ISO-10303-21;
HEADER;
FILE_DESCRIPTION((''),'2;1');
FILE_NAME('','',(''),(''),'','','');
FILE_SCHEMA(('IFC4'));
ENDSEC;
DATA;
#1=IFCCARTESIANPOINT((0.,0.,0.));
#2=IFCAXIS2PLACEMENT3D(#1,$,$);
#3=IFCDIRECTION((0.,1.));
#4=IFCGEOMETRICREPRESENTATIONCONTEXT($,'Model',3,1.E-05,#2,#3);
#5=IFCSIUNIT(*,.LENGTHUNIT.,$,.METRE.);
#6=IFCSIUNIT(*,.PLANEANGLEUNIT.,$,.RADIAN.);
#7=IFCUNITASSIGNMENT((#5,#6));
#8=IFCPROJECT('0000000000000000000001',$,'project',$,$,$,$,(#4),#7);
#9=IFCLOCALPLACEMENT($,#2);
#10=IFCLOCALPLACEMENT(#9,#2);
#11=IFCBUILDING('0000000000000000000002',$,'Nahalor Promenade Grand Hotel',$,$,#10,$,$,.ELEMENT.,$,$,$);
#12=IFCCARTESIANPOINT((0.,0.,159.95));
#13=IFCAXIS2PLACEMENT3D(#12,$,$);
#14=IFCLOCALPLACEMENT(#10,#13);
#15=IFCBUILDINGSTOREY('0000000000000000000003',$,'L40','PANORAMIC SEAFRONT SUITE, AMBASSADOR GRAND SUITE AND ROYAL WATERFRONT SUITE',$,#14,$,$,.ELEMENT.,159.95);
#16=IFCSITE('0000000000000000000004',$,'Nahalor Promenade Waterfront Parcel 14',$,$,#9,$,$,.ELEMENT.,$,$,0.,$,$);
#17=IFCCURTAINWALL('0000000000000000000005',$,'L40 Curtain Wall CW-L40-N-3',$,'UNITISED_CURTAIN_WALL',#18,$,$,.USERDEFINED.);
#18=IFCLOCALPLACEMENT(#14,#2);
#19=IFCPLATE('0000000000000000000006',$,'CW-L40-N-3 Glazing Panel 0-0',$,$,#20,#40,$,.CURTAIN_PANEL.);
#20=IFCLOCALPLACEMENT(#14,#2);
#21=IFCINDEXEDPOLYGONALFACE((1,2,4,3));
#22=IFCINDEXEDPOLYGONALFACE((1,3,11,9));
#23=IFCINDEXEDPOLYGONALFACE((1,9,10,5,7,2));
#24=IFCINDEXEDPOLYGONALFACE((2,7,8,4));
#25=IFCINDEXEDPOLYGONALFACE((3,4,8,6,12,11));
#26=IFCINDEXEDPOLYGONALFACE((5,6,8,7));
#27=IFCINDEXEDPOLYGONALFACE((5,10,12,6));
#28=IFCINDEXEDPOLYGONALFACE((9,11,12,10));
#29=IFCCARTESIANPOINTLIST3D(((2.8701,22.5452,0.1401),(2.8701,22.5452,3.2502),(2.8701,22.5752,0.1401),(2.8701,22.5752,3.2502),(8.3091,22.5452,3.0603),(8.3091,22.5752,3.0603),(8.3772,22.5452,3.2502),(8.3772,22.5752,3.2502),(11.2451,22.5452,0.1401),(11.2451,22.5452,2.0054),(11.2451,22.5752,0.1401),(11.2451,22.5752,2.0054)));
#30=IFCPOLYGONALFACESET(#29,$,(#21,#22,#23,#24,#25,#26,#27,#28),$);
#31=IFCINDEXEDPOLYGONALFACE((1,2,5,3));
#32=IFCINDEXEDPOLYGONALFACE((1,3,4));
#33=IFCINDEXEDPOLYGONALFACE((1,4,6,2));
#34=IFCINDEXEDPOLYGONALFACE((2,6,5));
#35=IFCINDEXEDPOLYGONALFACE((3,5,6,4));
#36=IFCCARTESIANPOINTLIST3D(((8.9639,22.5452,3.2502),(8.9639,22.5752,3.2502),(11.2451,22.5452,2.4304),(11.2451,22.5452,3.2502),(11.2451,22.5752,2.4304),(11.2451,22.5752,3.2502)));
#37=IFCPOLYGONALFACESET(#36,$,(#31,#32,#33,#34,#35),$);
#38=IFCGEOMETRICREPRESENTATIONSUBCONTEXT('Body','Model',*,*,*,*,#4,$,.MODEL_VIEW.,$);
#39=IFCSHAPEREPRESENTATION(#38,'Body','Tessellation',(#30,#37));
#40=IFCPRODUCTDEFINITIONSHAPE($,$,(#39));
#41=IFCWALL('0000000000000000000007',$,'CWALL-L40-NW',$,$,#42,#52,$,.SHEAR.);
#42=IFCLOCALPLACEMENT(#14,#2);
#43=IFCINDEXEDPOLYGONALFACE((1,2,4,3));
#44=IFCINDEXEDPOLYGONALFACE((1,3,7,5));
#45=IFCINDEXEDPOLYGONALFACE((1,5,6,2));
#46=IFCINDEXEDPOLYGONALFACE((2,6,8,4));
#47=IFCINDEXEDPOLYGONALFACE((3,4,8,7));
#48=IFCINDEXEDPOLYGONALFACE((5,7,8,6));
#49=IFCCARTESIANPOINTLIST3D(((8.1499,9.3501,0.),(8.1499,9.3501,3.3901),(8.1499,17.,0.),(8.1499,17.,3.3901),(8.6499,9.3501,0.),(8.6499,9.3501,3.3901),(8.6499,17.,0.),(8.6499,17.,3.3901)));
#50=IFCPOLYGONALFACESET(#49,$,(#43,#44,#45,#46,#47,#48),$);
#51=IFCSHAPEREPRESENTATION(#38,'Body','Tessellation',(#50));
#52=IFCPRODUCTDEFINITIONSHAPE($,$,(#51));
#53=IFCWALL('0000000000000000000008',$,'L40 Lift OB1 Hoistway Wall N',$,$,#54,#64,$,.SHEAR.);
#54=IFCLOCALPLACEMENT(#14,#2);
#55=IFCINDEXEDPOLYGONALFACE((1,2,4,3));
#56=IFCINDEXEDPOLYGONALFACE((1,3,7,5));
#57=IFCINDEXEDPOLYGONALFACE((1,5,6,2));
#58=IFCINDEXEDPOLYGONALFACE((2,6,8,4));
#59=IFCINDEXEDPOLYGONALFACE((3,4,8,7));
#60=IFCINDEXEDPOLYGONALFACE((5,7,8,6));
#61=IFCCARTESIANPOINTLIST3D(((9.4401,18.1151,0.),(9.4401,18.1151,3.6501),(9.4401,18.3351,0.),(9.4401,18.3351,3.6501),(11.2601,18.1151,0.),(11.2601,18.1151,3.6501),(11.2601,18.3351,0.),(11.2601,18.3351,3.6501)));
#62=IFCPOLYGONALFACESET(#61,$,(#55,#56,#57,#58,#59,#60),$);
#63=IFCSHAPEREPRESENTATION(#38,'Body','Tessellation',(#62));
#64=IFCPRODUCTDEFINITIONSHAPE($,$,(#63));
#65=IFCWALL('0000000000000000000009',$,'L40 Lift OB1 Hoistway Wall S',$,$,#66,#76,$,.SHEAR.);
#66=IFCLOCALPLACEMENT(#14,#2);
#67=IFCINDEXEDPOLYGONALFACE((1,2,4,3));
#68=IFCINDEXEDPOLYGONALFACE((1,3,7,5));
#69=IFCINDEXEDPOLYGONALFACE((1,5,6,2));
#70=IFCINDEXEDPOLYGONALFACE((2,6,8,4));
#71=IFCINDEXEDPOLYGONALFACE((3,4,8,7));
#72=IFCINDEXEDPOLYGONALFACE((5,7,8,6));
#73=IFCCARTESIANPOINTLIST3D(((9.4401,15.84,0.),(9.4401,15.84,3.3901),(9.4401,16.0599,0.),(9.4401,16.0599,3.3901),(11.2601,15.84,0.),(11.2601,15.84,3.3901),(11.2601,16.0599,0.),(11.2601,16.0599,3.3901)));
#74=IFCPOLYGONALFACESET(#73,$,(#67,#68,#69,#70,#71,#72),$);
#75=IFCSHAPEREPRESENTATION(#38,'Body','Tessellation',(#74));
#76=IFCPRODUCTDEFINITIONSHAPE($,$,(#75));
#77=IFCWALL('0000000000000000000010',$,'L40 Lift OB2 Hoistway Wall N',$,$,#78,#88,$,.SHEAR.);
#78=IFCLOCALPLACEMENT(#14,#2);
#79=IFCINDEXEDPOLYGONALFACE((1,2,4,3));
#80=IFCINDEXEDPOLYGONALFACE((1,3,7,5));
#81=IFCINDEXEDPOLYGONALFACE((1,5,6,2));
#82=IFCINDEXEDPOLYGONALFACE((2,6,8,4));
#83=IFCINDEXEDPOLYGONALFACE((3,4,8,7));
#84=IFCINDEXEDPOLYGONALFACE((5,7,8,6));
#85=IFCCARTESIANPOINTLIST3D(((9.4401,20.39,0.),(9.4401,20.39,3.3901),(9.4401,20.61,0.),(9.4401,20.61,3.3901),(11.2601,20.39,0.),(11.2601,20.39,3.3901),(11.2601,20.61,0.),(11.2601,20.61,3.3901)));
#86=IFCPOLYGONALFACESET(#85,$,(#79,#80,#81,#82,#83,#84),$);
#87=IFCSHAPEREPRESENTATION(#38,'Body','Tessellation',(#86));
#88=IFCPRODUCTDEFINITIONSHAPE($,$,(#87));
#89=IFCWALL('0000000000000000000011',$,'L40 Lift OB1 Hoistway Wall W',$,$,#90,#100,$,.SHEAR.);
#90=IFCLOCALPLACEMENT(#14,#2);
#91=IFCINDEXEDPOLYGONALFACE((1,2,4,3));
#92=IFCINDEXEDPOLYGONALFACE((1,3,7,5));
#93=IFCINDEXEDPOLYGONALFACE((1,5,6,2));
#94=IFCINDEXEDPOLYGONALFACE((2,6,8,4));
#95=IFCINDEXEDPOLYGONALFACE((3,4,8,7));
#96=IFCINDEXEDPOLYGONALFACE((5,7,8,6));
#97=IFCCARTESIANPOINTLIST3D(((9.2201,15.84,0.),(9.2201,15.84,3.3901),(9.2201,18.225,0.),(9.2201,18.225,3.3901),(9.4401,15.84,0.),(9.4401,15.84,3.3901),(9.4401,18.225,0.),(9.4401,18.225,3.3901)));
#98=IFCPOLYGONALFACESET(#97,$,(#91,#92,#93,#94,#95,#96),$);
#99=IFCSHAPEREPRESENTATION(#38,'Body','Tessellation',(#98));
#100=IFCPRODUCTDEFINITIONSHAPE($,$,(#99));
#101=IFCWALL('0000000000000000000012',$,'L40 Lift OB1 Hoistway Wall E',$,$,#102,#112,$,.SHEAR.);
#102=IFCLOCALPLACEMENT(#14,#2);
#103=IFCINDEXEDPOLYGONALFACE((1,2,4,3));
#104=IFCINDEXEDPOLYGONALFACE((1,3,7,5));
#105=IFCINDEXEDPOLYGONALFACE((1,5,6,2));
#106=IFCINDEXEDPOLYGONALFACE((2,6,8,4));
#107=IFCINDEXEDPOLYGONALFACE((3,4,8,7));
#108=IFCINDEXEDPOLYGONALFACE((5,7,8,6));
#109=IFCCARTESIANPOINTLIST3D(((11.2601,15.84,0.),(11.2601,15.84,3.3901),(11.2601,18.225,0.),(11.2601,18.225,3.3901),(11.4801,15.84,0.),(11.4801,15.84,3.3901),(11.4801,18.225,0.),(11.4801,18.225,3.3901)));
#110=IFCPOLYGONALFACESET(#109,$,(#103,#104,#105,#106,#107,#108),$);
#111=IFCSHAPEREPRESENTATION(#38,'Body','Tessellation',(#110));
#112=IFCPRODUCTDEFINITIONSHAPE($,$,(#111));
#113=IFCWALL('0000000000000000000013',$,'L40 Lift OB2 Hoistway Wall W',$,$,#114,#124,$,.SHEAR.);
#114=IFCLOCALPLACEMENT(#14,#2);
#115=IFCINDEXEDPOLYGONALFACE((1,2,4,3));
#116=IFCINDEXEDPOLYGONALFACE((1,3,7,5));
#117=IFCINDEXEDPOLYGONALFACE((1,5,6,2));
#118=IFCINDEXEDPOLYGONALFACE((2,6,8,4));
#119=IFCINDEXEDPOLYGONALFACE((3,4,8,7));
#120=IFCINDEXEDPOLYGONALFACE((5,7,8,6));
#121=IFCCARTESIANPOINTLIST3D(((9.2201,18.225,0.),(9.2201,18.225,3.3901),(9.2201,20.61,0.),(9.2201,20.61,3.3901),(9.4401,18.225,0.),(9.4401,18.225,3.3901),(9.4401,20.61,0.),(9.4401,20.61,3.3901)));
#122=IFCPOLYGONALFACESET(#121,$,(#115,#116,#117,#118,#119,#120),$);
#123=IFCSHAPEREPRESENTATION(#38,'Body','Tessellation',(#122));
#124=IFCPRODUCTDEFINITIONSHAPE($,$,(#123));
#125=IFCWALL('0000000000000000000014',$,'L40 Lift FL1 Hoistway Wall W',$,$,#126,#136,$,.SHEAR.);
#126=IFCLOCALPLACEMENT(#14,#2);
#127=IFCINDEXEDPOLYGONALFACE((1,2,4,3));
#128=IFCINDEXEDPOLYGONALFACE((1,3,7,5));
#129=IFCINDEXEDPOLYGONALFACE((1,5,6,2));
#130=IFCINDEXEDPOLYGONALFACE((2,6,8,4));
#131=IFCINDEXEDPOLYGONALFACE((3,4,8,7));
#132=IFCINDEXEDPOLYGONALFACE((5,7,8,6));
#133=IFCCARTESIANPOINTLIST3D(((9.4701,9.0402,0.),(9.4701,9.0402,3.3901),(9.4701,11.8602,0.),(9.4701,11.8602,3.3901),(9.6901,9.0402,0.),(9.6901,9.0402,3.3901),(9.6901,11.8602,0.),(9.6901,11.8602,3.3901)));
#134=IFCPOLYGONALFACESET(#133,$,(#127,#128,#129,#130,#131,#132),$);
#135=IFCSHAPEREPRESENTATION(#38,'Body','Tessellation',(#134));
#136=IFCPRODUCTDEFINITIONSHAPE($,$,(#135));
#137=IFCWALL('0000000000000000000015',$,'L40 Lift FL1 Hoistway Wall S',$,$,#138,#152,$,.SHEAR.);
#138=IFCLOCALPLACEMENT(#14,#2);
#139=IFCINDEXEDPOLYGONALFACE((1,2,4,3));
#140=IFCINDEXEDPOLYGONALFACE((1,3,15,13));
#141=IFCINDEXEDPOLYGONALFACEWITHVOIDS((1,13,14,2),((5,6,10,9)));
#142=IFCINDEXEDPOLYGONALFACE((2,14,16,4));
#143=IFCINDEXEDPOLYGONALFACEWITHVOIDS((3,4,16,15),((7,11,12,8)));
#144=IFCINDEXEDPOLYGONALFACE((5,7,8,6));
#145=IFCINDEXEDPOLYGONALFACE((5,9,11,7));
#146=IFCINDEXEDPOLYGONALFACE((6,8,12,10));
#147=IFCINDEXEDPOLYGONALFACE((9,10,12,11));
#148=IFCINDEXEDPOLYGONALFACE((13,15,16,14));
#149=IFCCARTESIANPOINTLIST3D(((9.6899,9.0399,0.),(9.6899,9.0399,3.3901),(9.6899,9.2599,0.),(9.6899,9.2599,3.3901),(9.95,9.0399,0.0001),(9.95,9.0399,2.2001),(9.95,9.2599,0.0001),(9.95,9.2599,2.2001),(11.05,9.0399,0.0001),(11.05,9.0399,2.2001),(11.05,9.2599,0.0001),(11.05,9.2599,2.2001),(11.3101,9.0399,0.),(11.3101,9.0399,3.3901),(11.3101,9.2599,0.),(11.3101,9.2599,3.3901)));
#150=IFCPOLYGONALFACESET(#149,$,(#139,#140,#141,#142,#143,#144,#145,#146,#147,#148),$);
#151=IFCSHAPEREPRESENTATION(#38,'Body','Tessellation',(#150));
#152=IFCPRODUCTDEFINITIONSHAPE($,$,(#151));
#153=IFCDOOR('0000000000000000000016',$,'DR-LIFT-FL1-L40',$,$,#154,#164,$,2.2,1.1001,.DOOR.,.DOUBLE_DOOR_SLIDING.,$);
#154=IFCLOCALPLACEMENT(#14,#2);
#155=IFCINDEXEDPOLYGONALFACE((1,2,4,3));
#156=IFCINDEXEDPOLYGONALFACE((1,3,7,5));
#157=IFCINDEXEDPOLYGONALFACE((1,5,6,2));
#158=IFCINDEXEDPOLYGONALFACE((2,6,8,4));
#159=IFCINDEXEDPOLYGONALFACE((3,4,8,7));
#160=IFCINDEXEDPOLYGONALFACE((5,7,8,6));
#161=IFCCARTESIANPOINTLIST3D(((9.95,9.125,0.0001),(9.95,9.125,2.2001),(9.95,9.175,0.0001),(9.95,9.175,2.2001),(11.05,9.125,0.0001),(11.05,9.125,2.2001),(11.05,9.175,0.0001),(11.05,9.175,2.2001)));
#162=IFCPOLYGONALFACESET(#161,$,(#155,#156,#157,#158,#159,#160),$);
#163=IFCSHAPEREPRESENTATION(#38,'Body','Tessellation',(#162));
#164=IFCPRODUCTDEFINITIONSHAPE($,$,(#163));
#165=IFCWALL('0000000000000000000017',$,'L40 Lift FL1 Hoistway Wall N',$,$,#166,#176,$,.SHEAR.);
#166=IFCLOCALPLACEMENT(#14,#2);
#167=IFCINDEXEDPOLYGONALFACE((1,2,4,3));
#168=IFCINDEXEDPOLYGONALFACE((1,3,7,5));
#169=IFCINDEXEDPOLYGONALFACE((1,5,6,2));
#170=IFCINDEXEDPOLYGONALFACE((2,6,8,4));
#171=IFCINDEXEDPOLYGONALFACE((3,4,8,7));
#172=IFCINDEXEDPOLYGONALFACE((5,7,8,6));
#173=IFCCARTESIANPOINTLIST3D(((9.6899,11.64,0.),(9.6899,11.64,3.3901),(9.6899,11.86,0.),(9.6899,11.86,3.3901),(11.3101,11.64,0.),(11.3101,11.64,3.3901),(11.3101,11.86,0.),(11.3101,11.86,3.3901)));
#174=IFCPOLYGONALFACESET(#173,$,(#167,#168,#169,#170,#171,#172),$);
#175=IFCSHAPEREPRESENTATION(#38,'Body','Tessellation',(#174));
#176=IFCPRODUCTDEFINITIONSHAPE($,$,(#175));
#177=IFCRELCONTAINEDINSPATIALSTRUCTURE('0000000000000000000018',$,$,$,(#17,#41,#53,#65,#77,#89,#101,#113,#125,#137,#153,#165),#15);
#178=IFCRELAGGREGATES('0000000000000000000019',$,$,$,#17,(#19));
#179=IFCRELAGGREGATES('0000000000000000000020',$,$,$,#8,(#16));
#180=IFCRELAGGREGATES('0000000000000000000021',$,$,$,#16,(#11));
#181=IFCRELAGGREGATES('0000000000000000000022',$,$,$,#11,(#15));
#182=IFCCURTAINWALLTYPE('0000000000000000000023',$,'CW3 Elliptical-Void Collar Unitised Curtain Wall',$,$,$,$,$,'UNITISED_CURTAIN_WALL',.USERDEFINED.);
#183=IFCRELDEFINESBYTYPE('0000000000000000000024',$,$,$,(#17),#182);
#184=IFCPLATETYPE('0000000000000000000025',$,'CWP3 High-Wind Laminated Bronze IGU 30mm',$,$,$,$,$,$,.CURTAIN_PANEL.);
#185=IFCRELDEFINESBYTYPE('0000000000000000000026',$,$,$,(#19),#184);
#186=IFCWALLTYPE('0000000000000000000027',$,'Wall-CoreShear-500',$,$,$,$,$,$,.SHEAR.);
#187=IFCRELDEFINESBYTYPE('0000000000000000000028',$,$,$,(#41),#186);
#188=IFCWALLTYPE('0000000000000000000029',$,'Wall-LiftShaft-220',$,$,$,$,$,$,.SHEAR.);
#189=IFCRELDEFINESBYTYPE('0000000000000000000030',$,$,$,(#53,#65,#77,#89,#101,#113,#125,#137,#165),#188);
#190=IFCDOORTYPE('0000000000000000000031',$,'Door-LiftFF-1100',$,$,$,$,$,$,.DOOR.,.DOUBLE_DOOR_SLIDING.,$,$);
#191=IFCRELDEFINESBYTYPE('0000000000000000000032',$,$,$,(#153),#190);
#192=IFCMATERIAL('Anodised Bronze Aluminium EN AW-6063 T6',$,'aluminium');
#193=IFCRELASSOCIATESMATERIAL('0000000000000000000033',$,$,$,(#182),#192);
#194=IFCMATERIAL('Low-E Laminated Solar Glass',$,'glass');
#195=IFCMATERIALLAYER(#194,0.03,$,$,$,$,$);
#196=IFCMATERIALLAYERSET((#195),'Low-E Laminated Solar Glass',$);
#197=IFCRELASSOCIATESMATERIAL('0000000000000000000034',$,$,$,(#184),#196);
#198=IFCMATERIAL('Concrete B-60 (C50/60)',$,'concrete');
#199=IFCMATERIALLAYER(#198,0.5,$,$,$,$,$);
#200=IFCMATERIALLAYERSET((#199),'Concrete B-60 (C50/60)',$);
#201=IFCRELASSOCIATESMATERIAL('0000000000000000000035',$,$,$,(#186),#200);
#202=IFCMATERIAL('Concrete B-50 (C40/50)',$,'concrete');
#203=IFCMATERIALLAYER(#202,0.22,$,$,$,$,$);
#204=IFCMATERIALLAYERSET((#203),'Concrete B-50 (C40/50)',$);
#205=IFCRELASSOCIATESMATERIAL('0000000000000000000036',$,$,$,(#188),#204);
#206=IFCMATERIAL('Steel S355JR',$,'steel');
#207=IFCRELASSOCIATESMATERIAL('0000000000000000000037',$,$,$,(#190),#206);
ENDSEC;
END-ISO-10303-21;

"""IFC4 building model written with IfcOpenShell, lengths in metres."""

from ifc_helpers import new_model, si_unit, direction, frame, frame_2d, origin, place, context, subcontext, project, spatial, polyline, rectangle, outline, extrude, source, transform, mapped, material, layer, layer_set, type_object, element, fill, aggregate, save


model = new_model("IFC4")

# Units and contexts
model_context = context("Model", 3, precision=1e-05, world=origin(), true_north=direction((0.0, 1.0)))
body_context = subcontext(model_context, "Body", "Model", "MODEL_VIEW")
ifc_project = project(units=[si_unit("LENGTHUNIT", "METRE"), si_unit("PLANEANGLEUNIT", "RADIAN")], contexts=[model_context])

# Site, building, storey
site_placement = place(None, origin())
site = spatial("IfcSite", under=ifc_project, at=site_placement, Name="Nahalor Promenade Waterfront Parcel 14", CompositionType="ELEMENT", RefElevation=0.0)
building_placement = place(site_placement, origin())
building = spatial("IfcBuilding", under=site, at=building_placement, Name="Nahalor Promenade Grand Hotel", CompositionType="ELEMENT")
storey_placement = place(building_placement, frame((0.0, 0.0, 159.95)))
storey = spatial("IfcBuildingStorey", under=building, at=storey_placement, Name="L40", Description="PANORAMIC SEAFRONT SUITE, AMBASSADOR GRAND SUITE AND ROYAL WATERFRONT SUITE", CompositionType="ELEMENT", Elevation=159.95)

# Shared definitions
ifc_material_1 = material(Name="Concrete B-60 (C50/60)", Category="concrete")

# Shared definitions
ifc_material_2 = material(Name="Steel S355JR", Category="steel")

# Curtain wall, plate
ifc_material_3 = material(Name="Anodised Bronze Aluminium EN AW-6063 T6", Category="aluminium")
curtain_wall_type = type_object("IfcCurtainWallType", Name="CW3 Elliptical-Void Collar Unitised Curtain Wall", ElementType="UNITISED_CURTAIN_WALL", PredefinedType="USERDEFINED", material=ifc_material_3)
curtain_wall_placement = place(storey_placement, origin())
curtain_wall = element("IfcCurtainWall", 1, at=curtain_wall_placement, inside=storey, type_object=curtain_wall_type, Name="L40 Curtain Wall CW-L40-N-3", ObjectType="UNITISED_CURTAIN_WALL", PredefinedType="USERDEFINED")
ifc_material_4 = material(Name="Low-E Laminated Solar Glass", Category="glass")
ifc_layer_1 = layer(ifc_material_4, 0.03)
ifc_layer_set_1 = layer_set([ifc_layer_1], Name="Low-E Laminated Solar Glass")
plate_type = type_object("IfcPlateType", Name="CWP3 High-Wind Laminated Bronze IGU 30mm", PredefinedType="CURTAIN_PANEL", material=ifc_layer_set_1)
plate_placement = place(storey_placement, frame((7.0576, 22.5601, 0.1401), z_axis=(0.0, 0.0, 1.0), x_axis=(1.0, 0.0, 0.0)))
plate = element("IfcPlate", 2, at=plate_placement, type_object=plate_type, Name="CW-L40-N-3 Glazing Panel 0-0", PredefinedType="CURTAIN_PANEL", context=body_context, shape_type="SweptSolid", body=[
    extrude(outline(polyline([(-4.1875, 0.0), (4.1875, 0.0), (4.1875, 1.8652), (1.2515, 2.9202), (1.3196, 3.1101), (-4.1875, 3.1101), (-4.1875, 0.0)])), frame((0.0, 0.0151, 0.0), z_axis=(0.0, -1.0, 0.0), x_axis=(1.0, 0.0, 0.0)), (0.0, 0.0, 1.0), 0.03),
    extrude(outline(polyline([(4.1875, 2.2903), (4.1875, 3.1101), (1.9062, 3.1101), (4.1875, 2.2903)])), frame((0.0, 0.0151, 0.0), z_axis=(0.0, -1.0, 0.0), x_axis=(1.0, 0.0, 0.0)), (0.0, 0.0, 1.0), 0.03),
])
aggregate(curtain_wall, [plate])

# Walls
ifc_layer_2 = layer(ifc_material_1, 0.5)
ifc_layer_set_2 = layer_set([ifc_layer_2], Name="Concrete B-60 (C50/60)")
wall_type_1 = type_object("IfcWallType", Name="Wall-CoreShear-500", PredefinedType="SHEAR", material=ifc_layer_set_2)
shared_shape_1 = source(origin(), body_context, "Body", "SweptSolid", [
    extrude(rectangle(XDim=7.6499, YDim=0.5, at=frame_2d((3.825, 0.0))), origin(), (0.0, 0.0, 1.0), 3.3901),
])
wall_1_placement = place(storey_placement, frame((8.3999, 9.3501, 0.0), z_axis=(0.0, 0.0, 1.0), x_axis=(0.0, 1.0, 0.0)))
element("IfcWall", 3, at=wall_1_placement, inside=storey, type_object=wall_type_1, Name="CWALL-L40-NW", PredefinedType="SHEAR", context=body_context, shape_type="MappedRepresentation", body=[
    mapped(shared_shape_1, transform((0.0, 0.0, 0.0), scale=1.0)),
])
ifc_material_5 = material(Name="Concrete B-50 (C40/50)", Category="concrete")
ifc_layer_3 = layer(ifc_material_5, 0.22)
ifc_layer_set_3 = layer_set([ifc_layer_3], Name="Concrete B-50 (C40/50)")
wall_type_2 = type_object("IfcWallType", Name="Wall-LiftShaft-220", PredefinedType="SHEAR", material=ifc_layer_set_3)
shared_shape_2 = source(origin(), body_context, "Body", "SweptSolid", [
    extrude(rectangle(XDim=1.8201, YDim=0.22, at=frame_2d((0.9102, 0.0))), origin(), (0.0, 0.0, 1.0), 3.6501),
])
wall_2_placement = place(storey_placement, frame((9.4399, 18.2251, 0.0), z_axis=(0.0, 0.0, 1.0), x_axis=(1.0, 0.0, 0.0)))
element("IfcWall", 4, at=wall_2_placement, inside=storey, type_object=wall_type_2, Name="L40 Lift OB1 Hoistway Wall N", PredefinedType="SHEAR", context=body_context, shape_type="MappedRepresentation", body=[
    mapped(shared_shape_2, transform((0.0, 0.0, 0.0), scale=1.0)),
])
shared_shape_3 = source(origin(), body_context, "Body", "SweptSolid", [
    extrude(rectangle(XDim=1.8201, YDim=0.22, at=frame_2d((0.9102, 0.0))), origin(), (0.0, 0.0, 1.0), 3.3901),
])
for number, where, z_axis, x_axis, name in (
    (5, (9.4399, 15.95, 0.0), (0.0, 0.0, 1.0), (1.0, 0.0, 0.0), "L40 Lift OB1 Hoistway Wall S"),
    (6, (9.4399, 20.5, 0.0), (0.0, 0.0, 1.0), (1.0, 0.0, 0.0), "L40 Lift OB2 Hoistway Wall N"),
):
    element("IfcWall", number, at=place(storey_placement, frame(where, z_axis=z_axis, x_axis=x_axis)), inside=storey, type_object=wall_type_2, Name=name, PredefinedType="SHEAR", context=body_context, shape_type="MappedRepresentation", body=[
        mapped(shared_shape_3, transform((0.0, 0.0, 0.0), scale=1.0)),
    ])
shared_shape_4 = source(origin(), body_context, "Body", "SweptSolid", [
    extrude(rectangle(XDim=2.385, YDim=0.22, at=frame_2d((1.1924, 0.0))), origin(), (0.0, 0.0, 1.0), 3.3901),
])
for number, where, z_axis, x_axis, name in (
    (7, (9.3301, 15.8401, 0.0), (0.0, 0.0, 1.0), (0.0, 1.0, 0.0), "L40 Lift OB1 Hoistway Wall W"),
    (8, (11.3701, 15.8401, 0.0), (0.0, 0.0, 1.0), (0.0, 1.0, 0.0), "L40 Lift OB1 Hoistway Wall E"),
    (9, (9.3301, 18.2251, 0.0), (0.0, 0.0, 1.0), (0.0, 1.0, 0.0), "L40 Lift OB2 Hoistway Wall W"),
):
    element("IfcWall", number, at=place(storey_placement, frame(where, z_axis=z_axis, x_axis=x_axis)), inside=storey, type_object=wall_type_2, Name=name, PredefinedType="SHEAR", context=body_context, shape_type="MappedRepresentation", body=[
        mapped(shared_shape_4, transform((0.0, 0.0, 0.0), scale=1.0)),
    ])
shared_shape_5 = source(origin(), body_context, "Body", "SweptSolid", [
    extrude(rectangle(XDim=2.8201, YDim=0.22, at=frame_2d((1.4102, 0.0))), origin(), (0.0, 0.0, 1.0), 3.3901),
])
wall_3_placement = place(storey_placement, frame((9.5801, 9.04, 0.0), z_axis=(0.0, 0.0, 1.0), x_axis=(0.0, 1.0, 0.0)))
element("IfcWall", 10, at=wall_3_placement, inside=storey, type_object=wall_type_2, Name="L40 Lift FL1 Hoistway Wall W", PredefinedType="SHEAR", context=body_context, shape_type="MappedRepresentation", body=[
    mapped(shared_shape_5, transform((0.0, 0.0, 0.0), scale=1.0)),
])

# Wall, opening, door
shared_shape_6 = source(origin(), body_context, "Body", "SweptSolid", [
    extrude(rectangle(XDim=1.6201, YDim=0.22, at=frame_2d((0.8101, 0.0))), origin(), (0.0, 0.0, 1.0), 3.3901),
])
wall_4_placement = place(storey_placement, frame((9.6899, 9.1499, 0.0), z_axis=(0.0, 0.0, 1.0), x_axis=(1.0, 0.0, 0.0)))
wall_4 = element("IfcWall", 11, at=wall_4_placement, inside=storey, type_object=wall_type_2, Name="L40 Lift FL1 Hoistway Wall S", PredefinedType="SHEAR", context=body_context, shape_type="MappedRepresentation", body=[
    mapped(shared_shape_6, transform((0.0, 0.0, 0.0), scale=1.0)),
])
opening_1_placement = place(wall_4_placement, frame((0.26, 0.0, 0.0)))
opening_1 = element("IfcOpeningElement", 12, at=opening_1_placement, cuts=wall_4, PredefinedType="OPENING", context=body_context, shape_type="SweptSolid", body=[
    extrude(rectangle(XDim=1.1001, YDim=2.2, at=frame_2d((0.55, 1.1001))), frame((0.0, 0.1199, 0.0), z_axis=(0.0, -1.0, 0.0), x_axis=(1.0, 0.0, 0.0)), (0.0, 0.0, 1.0), 0.24),
])
door_type_1 = type_object("IfcDoorType", Name="Door-LiftFF-1100", OperationType="DOUBLE_DOOR_SLIDING", PredefinedType="DOOR", material=ifc_material_2)
shared_shape_7 = source(origin(), body_context, "Body", "SweptSolid", [
    extrude(rectangle(XDim=1.1001, YDim=2.2, at=frame_2d((0.55, 1.1001))), frame((0.0, 0.0249, 0.0), z_axis=(0.0, -1.0, 0.0), x_axis=(1.0, 0.0, 0.0)), (0.0, 0.0, 1.0), 0.05),
])
door_1_placement = place(opening_1_placement, frame((1.1001, 0.0, 0.0), z_axis=(0.0, 0.0, 1.0), x_axis=(-1.0, 0.0, 0.0)))
door_1 = element("IfcDoor", 13, at=door_1_placement, inside=storey, type_object=door_type_1, Name="DR-LIFT-FL1-L40", OperationType="DOUBLE_DOOR_SLIDING", OverallHeight=2.2, OverallWidth=1.1001, PredefinedType="DOOR", context=body_context, shape_type="MappedRepresentation", body=[
    mapped(shared_shape_7, transform((0.0, 0.0, 0.0), scale=1.0)),
])
fill(opening_1, door_1)

# Wall
wall_5_placement = place(storey_placement, frame((9.6899, 11.75, 0.0), z_axis=(0.0, 0.0, 1.0), x_axis=(1.0, 0.0, 0.0)))
element("IfcWall", 14, at=wall_5_placement, inside=storey, type_object=wall_type_2, Name="L40 Lift FL1 Hoistway Wall N", PredefinedType="SHEAR", context=body_context, shape_type="MappedRepresentation", body=[
    mapped(shared_shape_6, transform((0.0, 0.0, 0.0), scale=1.0)),
])

save(model, "model.ifc")
